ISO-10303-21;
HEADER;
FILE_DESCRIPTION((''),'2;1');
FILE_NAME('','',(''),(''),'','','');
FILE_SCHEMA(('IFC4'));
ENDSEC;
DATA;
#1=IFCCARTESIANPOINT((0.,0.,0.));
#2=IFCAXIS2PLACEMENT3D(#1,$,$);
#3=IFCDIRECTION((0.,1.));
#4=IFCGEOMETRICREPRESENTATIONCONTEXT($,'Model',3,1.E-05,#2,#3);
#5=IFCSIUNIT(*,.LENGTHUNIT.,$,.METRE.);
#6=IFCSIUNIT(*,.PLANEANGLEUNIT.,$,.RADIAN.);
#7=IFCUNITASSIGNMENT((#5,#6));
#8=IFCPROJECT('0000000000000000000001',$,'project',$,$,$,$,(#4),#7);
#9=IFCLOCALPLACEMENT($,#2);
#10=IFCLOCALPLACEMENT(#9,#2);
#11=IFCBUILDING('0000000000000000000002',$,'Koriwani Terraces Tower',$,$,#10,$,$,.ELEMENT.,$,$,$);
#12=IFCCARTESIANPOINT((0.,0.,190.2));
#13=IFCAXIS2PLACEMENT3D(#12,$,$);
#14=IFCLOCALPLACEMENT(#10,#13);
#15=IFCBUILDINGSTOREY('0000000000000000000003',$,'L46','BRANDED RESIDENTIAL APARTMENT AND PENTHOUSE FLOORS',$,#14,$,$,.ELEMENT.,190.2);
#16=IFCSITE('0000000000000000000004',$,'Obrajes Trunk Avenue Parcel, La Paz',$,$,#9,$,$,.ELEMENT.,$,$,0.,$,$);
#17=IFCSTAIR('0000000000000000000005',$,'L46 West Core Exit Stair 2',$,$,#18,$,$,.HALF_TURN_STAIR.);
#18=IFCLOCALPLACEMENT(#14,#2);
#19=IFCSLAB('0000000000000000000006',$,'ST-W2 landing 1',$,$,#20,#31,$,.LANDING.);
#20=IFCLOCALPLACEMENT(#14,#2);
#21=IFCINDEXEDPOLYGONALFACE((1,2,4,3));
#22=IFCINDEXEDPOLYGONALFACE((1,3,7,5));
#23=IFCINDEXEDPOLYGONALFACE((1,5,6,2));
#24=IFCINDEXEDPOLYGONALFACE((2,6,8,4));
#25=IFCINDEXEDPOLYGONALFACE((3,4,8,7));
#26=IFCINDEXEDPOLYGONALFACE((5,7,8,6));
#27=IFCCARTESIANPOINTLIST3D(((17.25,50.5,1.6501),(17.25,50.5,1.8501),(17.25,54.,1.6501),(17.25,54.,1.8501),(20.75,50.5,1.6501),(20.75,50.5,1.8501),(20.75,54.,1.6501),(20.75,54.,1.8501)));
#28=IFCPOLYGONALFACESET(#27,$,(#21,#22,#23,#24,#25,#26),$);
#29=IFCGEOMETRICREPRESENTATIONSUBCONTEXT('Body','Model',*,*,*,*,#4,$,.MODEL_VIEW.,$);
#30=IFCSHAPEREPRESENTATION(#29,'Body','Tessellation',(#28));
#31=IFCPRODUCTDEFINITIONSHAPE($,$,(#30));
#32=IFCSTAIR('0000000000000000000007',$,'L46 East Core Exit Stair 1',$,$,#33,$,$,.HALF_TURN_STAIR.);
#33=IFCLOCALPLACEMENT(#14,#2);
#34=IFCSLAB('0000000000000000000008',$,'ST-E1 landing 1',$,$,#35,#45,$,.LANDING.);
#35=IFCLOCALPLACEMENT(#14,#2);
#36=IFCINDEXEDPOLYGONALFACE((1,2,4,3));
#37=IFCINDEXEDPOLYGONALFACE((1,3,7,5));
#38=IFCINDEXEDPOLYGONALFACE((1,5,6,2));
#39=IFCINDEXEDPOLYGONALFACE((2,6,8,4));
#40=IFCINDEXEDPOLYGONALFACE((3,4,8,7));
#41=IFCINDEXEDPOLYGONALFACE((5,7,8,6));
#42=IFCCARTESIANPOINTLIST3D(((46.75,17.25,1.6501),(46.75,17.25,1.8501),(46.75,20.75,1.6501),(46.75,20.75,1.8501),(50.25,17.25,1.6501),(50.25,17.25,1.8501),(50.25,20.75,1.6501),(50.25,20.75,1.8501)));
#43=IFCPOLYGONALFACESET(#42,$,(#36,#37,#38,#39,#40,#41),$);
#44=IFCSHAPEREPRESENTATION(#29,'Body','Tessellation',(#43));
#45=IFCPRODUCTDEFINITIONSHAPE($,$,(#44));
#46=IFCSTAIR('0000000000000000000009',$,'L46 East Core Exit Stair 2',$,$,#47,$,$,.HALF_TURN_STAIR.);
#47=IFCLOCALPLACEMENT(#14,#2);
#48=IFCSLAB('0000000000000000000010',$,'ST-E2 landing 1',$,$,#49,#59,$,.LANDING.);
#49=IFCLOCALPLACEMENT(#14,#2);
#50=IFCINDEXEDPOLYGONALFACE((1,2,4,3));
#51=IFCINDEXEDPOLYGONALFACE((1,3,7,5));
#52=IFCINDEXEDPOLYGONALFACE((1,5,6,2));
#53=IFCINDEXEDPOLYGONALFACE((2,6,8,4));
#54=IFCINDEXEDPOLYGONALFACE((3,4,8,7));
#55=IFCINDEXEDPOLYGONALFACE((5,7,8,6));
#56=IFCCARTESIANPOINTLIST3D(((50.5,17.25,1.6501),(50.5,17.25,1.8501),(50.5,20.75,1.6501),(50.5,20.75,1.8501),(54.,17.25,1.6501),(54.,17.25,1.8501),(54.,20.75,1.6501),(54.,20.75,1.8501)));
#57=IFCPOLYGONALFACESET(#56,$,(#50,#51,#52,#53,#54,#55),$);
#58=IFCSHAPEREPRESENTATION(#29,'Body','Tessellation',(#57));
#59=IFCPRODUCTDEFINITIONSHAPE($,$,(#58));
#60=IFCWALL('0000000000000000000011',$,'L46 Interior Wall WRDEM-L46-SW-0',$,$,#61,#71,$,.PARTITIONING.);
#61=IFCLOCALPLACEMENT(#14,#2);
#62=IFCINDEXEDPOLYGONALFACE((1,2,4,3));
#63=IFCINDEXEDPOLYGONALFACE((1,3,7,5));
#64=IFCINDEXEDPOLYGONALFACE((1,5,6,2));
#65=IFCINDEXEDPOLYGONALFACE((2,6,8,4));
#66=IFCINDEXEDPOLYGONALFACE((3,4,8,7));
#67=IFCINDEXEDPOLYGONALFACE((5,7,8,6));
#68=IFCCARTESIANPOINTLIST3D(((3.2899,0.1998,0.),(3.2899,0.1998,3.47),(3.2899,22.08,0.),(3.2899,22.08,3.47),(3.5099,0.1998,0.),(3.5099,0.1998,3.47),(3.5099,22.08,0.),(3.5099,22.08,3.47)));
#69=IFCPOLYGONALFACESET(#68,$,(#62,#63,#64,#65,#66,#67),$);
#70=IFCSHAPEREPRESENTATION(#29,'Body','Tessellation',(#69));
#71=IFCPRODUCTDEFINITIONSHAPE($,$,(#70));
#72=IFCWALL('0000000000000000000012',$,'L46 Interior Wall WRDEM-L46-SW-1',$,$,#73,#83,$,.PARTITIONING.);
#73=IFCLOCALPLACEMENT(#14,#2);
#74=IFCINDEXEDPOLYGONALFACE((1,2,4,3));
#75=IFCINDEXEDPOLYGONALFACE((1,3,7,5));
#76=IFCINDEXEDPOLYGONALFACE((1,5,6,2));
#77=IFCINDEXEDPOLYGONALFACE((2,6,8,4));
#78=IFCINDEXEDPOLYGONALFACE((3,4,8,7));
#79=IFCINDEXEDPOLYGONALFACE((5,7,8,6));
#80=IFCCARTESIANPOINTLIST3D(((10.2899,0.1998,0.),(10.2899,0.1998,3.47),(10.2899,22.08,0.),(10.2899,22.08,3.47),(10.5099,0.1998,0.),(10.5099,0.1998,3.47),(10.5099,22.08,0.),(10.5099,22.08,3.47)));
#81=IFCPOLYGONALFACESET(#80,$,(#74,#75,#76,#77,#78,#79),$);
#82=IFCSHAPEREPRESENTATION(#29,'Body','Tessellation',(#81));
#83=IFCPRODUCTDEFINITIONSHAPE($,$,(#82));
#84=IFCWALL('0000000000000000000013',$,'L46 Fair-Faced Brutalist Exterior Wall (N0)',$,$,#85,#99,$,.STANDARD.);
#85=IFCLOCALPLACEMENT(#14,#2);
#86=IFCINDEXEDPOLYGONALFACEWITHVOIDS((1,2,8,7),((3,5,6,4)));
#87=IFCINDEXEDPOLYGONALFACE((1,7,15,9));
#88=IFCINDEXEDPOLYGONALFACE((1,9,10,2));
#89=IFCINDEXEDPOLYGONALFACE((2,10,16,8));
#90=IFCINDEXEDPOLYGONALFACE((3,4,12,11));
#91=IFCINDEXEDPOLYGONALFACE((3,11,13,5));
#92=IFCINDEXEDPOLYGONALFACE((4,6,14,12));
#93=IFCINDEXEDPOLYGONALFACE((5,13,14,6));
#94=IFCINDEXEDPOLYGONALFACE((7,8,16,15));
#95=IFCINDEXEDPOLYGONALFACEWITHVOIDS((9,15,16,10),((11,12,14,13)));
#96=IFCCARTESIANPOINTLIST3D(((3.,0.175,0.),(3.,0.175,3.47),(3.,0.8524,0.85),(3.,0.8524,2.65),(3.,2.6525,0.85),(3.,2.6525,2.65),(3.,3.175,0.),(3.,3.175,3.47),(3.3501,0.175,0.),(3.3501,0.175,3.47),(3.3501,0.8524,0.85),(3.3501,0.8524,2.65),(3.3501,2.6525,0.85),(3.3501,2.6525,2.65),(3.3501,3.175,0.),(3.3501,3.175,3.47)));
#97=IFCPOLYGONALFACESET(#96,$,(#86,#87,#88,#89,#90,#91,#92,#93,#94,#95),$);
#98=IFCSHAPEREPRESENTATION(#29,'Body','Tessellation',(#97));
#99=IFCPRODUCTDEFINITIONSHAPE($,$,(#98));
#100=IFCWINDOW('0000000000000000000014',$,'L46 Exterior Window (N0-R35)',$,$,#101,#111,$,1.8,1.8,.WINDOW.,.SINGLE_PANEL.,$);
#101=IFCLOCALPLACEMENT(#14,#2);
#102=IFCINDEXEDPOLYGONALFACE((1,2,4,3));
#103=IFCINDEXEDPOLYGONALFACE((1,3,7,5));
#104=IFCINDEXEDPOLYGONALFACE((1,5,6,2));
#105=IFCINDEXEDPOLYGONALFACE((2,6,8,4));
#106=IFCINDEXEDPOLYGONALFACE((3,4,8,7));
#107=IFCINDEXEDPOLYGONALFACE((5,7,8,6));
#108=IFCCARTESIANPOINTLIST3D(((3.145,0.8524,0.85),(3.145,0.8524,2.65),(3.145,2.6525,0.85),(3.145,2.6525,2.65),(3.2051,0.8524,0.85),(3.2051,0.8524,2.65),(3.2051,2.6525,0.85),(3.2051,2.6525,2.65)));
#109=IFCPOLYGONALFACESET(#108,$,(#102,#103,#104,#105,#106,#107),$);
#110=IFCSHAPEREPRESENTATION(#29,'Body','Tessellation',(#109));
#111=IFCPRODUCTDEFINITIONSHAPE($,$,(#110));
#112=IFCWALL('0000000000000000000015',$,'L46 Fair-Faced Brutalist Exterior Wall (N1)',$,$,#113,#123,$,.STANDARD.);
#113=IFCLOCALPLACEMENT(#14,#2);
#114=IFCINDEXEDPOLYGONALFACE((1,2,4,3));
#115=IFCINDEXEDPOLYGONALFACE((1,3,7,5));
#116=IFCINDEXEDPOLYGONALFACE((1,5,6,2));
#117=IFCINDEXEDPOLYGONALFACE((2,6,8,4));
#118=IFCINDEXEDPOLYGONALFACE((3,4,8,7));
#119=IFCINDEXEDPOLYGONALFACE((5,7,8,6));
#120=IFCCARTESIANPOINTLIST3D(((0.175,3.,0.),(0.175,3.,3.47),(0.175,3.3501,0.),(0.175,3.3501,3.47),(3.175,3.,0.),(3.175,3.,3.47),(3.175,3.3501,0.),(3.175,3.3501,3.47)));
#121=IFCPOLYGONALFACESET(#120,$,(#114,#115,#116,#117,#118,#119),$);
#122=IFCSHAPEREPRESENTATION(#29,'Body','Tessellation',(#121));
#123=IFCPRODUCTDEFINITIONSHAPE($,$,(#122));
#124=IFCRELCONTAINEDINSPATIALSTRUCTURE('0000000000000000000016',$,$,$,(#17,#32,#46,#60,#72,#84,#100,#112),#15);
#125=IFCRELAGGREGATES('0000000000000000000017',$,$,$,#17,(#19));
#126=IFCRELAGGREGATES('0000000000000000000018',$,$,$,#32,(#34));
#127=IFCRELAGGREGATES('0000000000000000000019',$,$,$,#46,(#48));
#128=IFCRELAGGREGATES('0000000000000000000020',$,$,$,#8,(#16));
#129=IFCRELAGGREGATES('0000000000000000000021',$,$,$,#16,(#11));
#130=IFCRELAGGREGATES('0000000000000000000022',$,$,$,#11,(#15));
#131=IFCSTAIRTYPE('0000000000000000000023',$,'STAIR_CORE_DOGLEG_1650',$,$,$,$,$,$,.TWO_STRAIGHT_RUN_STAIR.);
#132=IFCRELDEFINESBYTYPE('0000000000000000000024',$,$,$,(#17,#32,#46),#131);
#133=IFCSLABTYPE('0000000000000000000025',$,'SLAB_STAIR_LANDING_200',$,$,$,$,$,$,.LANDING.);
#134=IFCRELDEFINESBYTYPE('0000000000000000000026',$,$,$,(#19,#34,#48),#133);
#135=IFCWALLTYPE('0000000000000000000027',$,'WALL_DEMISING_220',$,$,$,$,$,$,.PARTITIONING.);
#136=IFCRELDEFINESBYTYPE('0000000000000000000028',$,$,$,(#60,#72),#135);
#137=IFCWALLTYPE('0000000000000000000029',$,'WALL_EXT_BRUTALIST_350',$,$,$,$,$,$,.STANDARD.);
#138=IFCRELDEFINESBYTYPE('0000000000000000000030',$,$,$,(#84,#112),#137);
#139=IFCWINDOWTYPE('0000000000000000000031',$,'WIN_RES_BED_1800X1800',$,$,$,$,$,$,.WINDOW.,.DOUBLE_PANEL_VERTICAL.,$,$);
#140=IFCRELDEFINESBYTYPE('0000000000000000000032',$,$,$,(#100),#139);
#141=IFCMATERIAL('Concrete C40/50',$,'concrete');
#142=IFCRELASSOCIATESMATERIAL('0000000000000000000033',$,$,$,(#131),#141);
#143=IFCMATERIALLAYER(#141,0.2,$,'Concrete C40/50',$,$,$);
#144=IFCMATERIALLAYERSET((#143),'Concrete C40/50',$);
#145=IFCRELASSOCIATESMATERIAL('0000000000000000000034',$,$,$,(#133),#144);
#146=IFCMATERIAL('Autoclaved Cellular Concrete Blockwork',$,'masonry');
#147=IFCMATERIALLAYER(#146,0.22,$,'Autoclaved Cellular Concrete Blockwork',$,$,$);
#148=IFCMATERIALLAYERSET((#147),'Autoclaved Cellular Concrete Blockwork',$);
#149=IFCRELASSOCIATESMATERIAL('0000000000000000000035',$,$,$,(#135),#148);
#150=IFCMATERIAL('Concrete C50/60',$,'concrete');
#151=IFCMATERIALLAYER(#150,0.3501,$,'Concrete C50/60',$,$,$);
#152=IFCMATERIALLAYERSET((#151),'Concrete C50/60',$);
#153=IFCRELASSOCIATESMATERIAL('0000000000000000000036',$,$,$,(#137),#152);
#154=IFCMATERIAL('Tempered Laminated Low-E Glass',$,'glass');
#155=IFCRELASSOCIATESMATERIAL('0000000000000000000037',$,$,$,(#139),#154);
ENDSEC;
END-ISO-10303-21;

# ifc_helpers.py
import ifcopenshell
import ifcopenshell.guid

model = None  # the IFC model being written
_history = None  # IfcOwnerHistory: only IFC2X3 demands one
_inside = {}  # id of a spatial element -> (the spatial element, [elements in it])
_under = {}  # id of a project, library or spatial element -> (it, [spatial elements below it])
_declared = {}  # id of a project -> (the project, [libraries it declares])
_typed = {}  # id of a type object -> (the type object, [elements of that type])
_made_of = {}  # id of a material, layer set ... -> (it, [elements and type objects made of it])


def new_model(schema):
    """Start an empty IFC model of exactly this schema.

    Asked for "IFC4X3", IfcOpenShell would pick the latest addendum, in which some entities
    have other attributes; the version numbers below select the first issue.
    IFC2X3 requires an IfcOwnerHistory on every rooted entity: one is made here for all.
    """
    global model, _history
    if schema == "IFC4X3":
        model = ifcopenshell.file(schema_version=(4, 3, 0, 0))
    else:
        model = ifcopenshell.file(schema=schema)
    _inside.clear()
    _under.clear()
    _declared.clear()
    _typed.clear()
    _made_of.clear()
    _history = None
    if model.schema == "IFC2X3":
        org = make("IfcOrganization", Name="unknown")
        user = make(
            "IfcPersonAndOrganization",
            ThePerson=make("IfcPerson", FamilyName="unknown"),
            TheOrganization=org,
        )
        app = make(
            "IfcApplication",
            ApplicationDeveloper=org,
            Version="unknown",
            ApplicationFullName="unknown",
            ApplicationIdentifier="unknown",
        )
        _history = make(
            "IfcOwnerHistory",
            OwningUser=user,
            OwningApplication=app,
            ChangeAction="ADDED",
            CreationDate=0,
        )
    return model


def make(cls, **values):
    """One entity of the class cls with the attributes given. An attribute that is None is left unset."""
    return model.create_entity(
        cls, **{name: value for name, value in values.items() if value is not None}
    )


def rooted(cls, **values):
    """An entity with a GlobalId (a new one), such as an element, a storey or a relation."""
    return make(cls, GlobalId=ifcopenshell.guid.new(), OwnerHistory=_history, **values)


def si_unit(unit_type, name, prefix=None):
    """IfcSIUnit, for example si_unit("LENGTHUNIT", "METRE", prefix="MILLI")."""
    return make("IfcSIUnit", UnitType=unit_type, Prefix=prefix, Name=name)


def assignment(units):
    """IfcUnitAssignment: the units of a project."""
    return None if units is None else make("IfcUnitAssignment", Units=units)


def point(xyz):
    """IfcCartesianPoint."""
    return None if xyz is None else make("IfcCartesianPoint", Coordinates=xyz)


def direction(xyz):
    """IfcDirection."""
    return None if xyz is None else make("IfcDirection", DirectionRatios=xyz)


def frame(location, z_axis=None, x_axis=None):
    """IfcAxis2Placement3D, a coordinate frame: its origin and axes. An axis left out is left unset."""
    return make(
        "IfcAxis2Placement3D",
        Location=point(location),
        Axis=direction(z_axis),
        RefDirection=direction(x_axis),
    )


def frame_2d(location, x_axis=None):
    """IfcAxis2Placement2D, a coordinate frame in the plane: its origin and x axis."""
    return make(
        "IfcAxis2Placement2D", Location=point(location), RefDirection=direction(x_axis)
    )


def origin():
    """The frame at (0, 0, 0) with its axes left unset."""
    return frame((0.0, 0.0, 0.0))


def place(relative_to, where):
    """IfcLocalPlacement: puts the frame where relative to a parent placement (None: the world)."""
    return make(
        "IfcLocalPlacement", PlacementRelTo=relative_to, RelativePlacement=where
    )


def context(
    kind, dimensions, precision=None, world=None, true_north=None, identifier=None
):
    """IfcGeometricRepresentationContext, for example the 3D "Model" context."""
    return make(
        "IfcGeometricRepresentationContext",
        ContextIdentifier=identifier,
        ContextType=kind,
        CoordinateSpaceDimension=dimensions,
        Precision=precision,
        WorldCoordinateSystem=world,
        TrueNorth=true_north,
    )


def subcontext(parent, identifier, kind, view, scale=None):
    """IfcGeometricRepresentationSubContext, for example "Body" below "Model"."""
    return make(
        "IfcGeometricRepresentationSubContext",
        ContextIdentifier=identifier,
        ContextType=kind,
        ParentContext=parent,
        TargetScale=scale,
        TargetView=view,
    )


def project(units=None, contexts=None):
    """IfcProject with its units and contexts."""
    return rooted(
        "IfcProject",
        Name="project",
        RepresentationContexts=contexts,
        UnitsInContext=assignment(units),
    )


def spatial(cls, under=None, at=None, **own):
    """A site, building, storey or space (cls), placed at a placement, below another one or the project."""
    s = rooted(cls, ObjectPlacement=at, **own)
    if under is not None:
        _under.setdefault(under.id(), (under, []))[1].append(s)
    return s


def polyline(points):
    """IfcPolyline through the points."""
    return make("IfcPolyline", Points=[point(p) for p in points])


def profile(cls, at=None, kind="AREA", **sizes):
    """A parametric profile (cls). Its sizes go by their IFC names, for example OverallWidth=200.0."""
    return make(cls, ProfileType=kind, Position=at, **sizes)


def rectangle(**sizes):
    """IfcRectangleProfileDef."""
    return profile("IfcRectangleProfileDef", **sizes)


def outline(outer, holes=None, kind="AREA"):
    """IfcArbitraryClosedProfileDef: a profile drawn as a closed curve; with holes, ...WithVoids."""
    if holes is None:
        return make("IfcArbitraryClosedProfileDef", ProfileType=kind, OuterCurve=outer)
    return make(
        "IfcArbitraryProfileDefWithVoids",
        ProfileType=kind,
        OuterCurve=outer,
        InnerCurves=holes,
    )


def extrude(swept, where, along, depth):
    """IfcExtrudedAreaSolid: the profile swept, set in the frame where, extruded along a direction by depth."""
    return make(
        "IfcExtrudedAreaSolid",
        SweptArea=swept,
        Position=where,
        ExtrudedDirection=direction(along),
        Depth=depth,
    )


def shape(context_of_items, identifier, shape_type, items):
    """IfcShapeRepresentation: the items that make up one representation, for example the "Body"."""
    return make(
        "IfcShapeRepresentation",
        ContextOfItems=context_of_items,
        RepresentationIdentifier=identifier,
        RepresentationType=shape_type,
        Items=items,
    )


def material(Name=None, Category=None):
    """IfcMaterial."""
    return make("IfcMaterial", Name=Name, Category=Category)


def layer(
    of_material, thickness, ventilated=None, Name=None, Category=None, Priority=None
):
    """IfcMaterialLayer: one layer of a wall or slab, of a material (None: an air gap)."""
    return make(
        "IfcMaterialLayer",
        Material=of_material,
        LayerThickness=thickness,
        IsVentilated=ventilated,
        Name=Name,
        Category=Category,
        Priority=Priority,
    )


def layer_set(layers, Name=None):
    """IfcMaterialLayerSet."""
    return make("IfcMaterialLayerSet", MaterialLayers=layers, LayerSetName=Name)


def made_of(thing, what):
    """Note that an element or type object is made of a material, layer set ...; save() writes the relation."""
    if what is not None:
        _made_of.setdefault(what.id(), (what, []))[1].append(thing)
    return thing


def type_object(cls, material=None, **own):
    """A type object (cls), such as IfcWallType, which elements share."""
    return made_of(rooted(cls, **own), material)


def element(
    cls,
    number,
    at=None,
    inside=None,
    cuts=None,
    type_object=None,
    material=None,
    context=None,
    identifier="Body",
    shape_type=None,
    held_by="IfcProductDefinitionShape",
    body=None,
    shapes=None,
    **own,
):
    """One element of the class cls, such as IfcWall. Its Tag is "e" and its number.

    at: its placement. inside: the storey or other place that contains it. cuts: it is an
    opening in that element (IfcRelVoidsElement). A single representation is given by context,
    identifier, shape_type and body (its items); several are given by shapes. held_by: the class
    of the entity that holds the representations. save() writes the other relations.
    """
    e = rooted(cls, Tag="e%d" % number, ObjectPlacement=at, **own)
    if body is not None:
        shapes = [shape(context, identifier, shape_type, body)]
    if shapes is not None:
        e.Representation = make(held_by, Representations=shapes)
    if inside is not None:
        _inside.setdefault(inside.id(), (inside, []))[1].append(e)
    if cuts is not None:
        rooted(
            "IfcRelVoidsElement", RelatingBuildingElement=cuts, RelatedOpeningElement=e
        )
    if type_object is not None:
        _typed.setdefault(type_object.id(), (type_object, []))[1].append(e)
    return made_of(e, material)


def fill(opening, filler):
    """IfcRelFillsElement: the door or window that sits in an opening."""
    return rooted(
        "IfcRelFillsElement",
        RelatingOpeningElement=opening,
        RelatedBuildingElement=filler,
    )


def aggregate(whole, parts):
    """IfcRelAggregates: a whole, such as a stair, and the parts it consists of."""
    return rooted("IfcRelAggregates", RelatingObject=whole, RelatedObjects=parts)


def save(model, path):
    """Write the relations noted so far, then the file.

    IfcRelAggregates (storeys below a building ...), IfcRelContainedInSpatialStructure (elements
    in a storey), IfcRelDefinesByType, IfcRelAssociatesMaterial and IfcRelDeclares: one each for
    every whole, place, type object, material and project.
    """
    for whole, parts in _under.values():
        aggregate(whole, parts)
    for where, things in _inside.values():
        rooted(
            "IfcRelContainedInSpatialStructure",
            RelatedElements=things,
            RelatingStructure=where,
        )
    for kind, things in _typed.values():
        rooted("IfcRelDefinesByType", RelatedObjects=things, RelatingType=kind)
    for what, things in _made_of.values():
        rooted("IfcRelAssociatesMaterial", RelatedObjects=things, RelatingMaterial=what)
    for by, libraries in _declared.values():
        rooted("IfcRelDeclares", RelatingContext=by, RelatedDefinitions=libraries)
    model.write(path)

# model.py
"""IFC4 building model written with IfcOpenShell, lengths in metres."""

from ifc_helpers import new_model, si_unit, direction, frame, frame_2d, origin, place, context, subcontext, project, spatial, polyline, rectangle, outline, extrude, material, layer, layer_set, type_object, element, fill, aggregate, save


model = new_model("IFC4")

# Units and contexts
model_context = context("Model", 3, precision=1e-05, world=origin(), true_north=direction((0.0, 1.0)))
body_context = subcontext(model_context, "Body", "Model", "MODEL_VIEW")
ifc_project = project(units=[si_unit("LENGTHUNIT", "METRE"), si_unit("PLANEANGLEUNIT", "RADIAN")], contexts=[model_context])

# Site, building, storey
site_placement = place(None, origin())
site = spatial("IfcSite", under=ifc_project, at=site_placement, Name="Obrajes Trunk Avenue Parcel, La Paz", CompositionType="ELEMENT", RefElevation=0.0)
building_placement = place(site_placement, origin())
building = spatial("IfcBuilding", under=site, at=building_placement, Name="Koriwani Terraces Tower", CompositionType="ELEMENT")
storey_placement = place(building_placement, frame((0.0, 0.0, 190.2)))
storey = spatial("IfcBuildingStorey", under=building, at=storey_placement, Name="L46", Description="BRANDED RESIDENTIAL APARTMENT AND PENTHOUSE FLOORS", CompositionType="ELEMENT", Elevation=190.2)

# Shared definitions
ifc_material_1 = material(Name="Concrete C50/60", Category="concrete")

# Shared definitions
ifc_material_2 = material(Name="Concrete C40/50", Category="concrete")

# Stairs, slabs
stair_type = type_object("IfcStairType", Name="STAIR_CORE_DOGLEG_1650", PredefinedType="TWO_STRAIGHT_RUN_STAIR", material=ifc_material_2)
ifc_layer_1 = layer(ifc_material_2, 0.2, Name="Concrete C40/50")
ifc_layer_set_1 = layer_set([ifc_layer_1], Name="Concrete C40/50")
slab_type_1 = type_object("IfcSlabType", Name="SLAB_STAIR_LANDING_200", PredefinedType="LANDING", material=ifc_layer_set_1)
stair_1_placement = place(storey_placement, origin())
stair_1 = element("IfcStair", 1, at=stair_1_placement, inside=storey, type_object=stair_type, Name="L46 West Core Exit Stair 2", PredefinedType="HALF_TURN_STAIR")
slab_1_placement = place(storey_placement, frame((0.0, 0.0, 1.6501)))
slab_1 = element("IfcSlab", 2, at=slab_1_placement, type_object=slab_type_1, Name="ST-W2 landing 1", PredefinedType="LANDING", context=body_context, shape_type="SweptSolid", body=[
    extrude(outline(polyline([(17.25, 54.0), (17.25, 50.5), (20.75, 50.5), (20.75, 54.0), (17.25, 54.0)])), origin(), (0.0, 0.0, 1.0), 0.2),
])
aggregate(stair_1, [slab_1])
stair_2_placement = place(storey_placement, origin())
stair_2 = element("IfcStair", 3, at=stair_2_placement, inside=storey, type_object=stair_type, Name="L46 East Core Exit Stair 1", PredefinedType="HALF_TURN_STAIR")
slab_2_placement = place(storey_placement, frame((0.0, 0.0, 1.6501)))
slab_2 = element("IfcSlab", 4, at=slab_2_placement, type_object=slab_type_1, Name="ST-E1 landing 1", PredefinedType="LANDING", context=body_context, shape_type="SweptSolid", body=[
    extrude(outline(polyline([(46.75, 17.25), (50.25, 17.25), (50.25, 20.75), (46.75, 20.75), (46.75, 17.25)])), origin(), (0.0, 0.0, 1.0), 0.2),
])
aggregate(stair_2, [slab_2])
stair_3_placement = place(storey_placement, origin())
stair_3 = element("IfcStair", 5, at=stair_3_placement, inside=storey, type_object=stair_type, Name="L46 East Core Exit Stair 2", PredefinedType="HALF_TURN_STAIR")
slab_3_placement = place(storey_placement, frame((0.0, 0.0, 1.6501)))
slab_3 = element("IfcSlab", 6, at=slab_3_placement, type_object=slab_type_1, Name="ST-E2 landing 1", PredefinedType="LANDING", context=body_context, shape_type="SweptSolid", body=[
    extrude(outline(polyline([(54.0, 20.75), (50.5, 20.75), (50.5, 17.25), (54.0, 17.25), (54.0, 20.75)])), origin(), (0.0, 0.0, 1.0), 0.2),
])
aggregate(stair_3, [slab_3])

# Walls
ifc_material_3 = material(Name="Autoclaved Cellular Concrete Blockwork", Category="masonry")
ifc_layer_2 = layer(ifc_material_3, 0.22, Name="Autoclaved Cellular Concrete Blockwork")
ifc_layer_set_2 = layer_set([ifc_layer_2], Name="Autoclaved Cellular Concrete Blockwork")
wall_type_1 = type_object("IfcWallType", Name="WALL_DEMISING_220", PredefinedType="PARTITIONING", material=ifc_layer_set_2)
for number, where, z_axis, x_axis, name in (
    (7, (3.3999, 0.2, 0.0), (0.0, 0.0, 1.0), (0.0, 1.0, 0.0), "L46 Interior Wall WRDEM-L46-SW-0"),
    (8, (10.3999, 0.2, 0.0), (0.0, 0.0, 1.0), (0.0, 1.0, 0.0), "L46 Interior Wall WRDEM-L46-SW-1"),
):
    element("IfcWall", number, at=place(storey_placement, frame(where, z_axis=z_axis, x_axis=x_axis)), inside=storey, type_object=wall_type_1, Name=name, PredefinedType="PARTITIONING", context=body_context, shape_type="SweptSolid", body=[
        extrude(rectangle(XDim=21.8801, YDim=0.22, at=frame_2d((10.9399, 0.0))), origin(), (0.0, 0.0, 1.0), 3.47),
    ])

# Wall, opening, window
ifc_layer_3 = layer(ifc_material_1, 0.3501, Name="Concrete C50/60")
ifc_layer_set_3 = layer_set([ifc_layer_3], Name="Concrete C50/60")
wall_type_2 = type_object("IfcWallType", Name="WALL_EXT_BRUTALIST_350", PredefinedType="STANDARD", material=ifc_layer_set_3)
wall_1_placement = place(storey_placement, frame((3.175, 0.175, 0.0), z_axis=(0.0, 0.0, 1.0), x_axis=(0.0, 1.0, 0.0)))
wall_1 = element("IfcWall", 9, at=wall_1_placement, inside=storey, type_object=wall_type_2, Name="L46 Fair-Faced Brutalist Exterior Wall (N0)", PredefinedType="STANDARD", context=body_context, shape_type="SweptSolid", body=[
    extrude(rectangle(XDim=3.0, YDim=0.3501, at=frame_2d((1.5, 0.0))), origin(), (0.0, 0.0, 1.0), 3.47),
])
opening_1_placement = place(wall_1_placement, frame((0.6775, 0.0, 0.8501)))
opening_1 = element("IfcOpeningElement", 10, at=opening_1_placement, cuts=wall_1, PredefinedType="OPENING", context=body_context, shape_type="SweptSolid", body=[
    extrude(rectangle(XDim=1.8, YDim=1.8, at=frame_2d((0.8999, 0.8999))), frame((0.0, 0.1851, 0.0), z_axis=(0.0, -1.0, 0.0), x_axis=(1.0, 0.0, 0.0)), (0.0, 0.0, 1.0), 0.3701),
])
ifc_material_4 = material(Name="Tempered Laminated Low-E Glass", Category="glass")
window_type_1 = type_object("IfcWindowType", Name="WIN_RES_BED_1800X1800", PartitioningType="DOUBLE_PANEL_VERTICAL", PredefinedType="WINDOW", material=ifc_material_4)
window_1_placement = place(opening_1_placement, origin())
window_1 = element("IfcWindow", 11, at=window_1_placement, inside=storey, type_object=window_type_1, Name="L46 Exterior Window (N0-R35)", OverallHeight=1.8, OverallWidth=1.8, PartitioningType="SINGLE_PANEL", PredefinedType="WINDOW", context=body_context, shape_type="SweptSolid", body=[
    extrude(rectangle(XDim=1.8, YDim=1.8, at=frame_2d((0.8999, 0.8999))), frame((0.0, 0.03, 0.0), z_axis=(0.0, -1.0, 0.0), x_axis=(1.0, 0.0, 0.0)), (0.0, 0.0, 1.0), 0.0601),
])
fill(opening_1, window_1)

# Wall
wall_2_placement = place(storey_placement, frame((3.175, 3.175, 0.0), z_axis=(0.0, 0.0, 1.0), x_axis=(-1.0, 0.0, 0.0)))
element("IfcWall", 12, at=wall_2_placement, inside=storey, type_object=wall_type_2, Name="L46 Fair-Faced Brutalist Exterior Wall (N1)", PredefinedType="STANDARD", context=body_context, shape_type="SweptSolid", body=[
    extrude(rectangle(XDim=3.0, YDim=0.3501, at=frame_2d((1.5, 0.0))), origin(), (0.0, 0.0, 1.0), 3.47),
])

save(model, "model.ifc")
